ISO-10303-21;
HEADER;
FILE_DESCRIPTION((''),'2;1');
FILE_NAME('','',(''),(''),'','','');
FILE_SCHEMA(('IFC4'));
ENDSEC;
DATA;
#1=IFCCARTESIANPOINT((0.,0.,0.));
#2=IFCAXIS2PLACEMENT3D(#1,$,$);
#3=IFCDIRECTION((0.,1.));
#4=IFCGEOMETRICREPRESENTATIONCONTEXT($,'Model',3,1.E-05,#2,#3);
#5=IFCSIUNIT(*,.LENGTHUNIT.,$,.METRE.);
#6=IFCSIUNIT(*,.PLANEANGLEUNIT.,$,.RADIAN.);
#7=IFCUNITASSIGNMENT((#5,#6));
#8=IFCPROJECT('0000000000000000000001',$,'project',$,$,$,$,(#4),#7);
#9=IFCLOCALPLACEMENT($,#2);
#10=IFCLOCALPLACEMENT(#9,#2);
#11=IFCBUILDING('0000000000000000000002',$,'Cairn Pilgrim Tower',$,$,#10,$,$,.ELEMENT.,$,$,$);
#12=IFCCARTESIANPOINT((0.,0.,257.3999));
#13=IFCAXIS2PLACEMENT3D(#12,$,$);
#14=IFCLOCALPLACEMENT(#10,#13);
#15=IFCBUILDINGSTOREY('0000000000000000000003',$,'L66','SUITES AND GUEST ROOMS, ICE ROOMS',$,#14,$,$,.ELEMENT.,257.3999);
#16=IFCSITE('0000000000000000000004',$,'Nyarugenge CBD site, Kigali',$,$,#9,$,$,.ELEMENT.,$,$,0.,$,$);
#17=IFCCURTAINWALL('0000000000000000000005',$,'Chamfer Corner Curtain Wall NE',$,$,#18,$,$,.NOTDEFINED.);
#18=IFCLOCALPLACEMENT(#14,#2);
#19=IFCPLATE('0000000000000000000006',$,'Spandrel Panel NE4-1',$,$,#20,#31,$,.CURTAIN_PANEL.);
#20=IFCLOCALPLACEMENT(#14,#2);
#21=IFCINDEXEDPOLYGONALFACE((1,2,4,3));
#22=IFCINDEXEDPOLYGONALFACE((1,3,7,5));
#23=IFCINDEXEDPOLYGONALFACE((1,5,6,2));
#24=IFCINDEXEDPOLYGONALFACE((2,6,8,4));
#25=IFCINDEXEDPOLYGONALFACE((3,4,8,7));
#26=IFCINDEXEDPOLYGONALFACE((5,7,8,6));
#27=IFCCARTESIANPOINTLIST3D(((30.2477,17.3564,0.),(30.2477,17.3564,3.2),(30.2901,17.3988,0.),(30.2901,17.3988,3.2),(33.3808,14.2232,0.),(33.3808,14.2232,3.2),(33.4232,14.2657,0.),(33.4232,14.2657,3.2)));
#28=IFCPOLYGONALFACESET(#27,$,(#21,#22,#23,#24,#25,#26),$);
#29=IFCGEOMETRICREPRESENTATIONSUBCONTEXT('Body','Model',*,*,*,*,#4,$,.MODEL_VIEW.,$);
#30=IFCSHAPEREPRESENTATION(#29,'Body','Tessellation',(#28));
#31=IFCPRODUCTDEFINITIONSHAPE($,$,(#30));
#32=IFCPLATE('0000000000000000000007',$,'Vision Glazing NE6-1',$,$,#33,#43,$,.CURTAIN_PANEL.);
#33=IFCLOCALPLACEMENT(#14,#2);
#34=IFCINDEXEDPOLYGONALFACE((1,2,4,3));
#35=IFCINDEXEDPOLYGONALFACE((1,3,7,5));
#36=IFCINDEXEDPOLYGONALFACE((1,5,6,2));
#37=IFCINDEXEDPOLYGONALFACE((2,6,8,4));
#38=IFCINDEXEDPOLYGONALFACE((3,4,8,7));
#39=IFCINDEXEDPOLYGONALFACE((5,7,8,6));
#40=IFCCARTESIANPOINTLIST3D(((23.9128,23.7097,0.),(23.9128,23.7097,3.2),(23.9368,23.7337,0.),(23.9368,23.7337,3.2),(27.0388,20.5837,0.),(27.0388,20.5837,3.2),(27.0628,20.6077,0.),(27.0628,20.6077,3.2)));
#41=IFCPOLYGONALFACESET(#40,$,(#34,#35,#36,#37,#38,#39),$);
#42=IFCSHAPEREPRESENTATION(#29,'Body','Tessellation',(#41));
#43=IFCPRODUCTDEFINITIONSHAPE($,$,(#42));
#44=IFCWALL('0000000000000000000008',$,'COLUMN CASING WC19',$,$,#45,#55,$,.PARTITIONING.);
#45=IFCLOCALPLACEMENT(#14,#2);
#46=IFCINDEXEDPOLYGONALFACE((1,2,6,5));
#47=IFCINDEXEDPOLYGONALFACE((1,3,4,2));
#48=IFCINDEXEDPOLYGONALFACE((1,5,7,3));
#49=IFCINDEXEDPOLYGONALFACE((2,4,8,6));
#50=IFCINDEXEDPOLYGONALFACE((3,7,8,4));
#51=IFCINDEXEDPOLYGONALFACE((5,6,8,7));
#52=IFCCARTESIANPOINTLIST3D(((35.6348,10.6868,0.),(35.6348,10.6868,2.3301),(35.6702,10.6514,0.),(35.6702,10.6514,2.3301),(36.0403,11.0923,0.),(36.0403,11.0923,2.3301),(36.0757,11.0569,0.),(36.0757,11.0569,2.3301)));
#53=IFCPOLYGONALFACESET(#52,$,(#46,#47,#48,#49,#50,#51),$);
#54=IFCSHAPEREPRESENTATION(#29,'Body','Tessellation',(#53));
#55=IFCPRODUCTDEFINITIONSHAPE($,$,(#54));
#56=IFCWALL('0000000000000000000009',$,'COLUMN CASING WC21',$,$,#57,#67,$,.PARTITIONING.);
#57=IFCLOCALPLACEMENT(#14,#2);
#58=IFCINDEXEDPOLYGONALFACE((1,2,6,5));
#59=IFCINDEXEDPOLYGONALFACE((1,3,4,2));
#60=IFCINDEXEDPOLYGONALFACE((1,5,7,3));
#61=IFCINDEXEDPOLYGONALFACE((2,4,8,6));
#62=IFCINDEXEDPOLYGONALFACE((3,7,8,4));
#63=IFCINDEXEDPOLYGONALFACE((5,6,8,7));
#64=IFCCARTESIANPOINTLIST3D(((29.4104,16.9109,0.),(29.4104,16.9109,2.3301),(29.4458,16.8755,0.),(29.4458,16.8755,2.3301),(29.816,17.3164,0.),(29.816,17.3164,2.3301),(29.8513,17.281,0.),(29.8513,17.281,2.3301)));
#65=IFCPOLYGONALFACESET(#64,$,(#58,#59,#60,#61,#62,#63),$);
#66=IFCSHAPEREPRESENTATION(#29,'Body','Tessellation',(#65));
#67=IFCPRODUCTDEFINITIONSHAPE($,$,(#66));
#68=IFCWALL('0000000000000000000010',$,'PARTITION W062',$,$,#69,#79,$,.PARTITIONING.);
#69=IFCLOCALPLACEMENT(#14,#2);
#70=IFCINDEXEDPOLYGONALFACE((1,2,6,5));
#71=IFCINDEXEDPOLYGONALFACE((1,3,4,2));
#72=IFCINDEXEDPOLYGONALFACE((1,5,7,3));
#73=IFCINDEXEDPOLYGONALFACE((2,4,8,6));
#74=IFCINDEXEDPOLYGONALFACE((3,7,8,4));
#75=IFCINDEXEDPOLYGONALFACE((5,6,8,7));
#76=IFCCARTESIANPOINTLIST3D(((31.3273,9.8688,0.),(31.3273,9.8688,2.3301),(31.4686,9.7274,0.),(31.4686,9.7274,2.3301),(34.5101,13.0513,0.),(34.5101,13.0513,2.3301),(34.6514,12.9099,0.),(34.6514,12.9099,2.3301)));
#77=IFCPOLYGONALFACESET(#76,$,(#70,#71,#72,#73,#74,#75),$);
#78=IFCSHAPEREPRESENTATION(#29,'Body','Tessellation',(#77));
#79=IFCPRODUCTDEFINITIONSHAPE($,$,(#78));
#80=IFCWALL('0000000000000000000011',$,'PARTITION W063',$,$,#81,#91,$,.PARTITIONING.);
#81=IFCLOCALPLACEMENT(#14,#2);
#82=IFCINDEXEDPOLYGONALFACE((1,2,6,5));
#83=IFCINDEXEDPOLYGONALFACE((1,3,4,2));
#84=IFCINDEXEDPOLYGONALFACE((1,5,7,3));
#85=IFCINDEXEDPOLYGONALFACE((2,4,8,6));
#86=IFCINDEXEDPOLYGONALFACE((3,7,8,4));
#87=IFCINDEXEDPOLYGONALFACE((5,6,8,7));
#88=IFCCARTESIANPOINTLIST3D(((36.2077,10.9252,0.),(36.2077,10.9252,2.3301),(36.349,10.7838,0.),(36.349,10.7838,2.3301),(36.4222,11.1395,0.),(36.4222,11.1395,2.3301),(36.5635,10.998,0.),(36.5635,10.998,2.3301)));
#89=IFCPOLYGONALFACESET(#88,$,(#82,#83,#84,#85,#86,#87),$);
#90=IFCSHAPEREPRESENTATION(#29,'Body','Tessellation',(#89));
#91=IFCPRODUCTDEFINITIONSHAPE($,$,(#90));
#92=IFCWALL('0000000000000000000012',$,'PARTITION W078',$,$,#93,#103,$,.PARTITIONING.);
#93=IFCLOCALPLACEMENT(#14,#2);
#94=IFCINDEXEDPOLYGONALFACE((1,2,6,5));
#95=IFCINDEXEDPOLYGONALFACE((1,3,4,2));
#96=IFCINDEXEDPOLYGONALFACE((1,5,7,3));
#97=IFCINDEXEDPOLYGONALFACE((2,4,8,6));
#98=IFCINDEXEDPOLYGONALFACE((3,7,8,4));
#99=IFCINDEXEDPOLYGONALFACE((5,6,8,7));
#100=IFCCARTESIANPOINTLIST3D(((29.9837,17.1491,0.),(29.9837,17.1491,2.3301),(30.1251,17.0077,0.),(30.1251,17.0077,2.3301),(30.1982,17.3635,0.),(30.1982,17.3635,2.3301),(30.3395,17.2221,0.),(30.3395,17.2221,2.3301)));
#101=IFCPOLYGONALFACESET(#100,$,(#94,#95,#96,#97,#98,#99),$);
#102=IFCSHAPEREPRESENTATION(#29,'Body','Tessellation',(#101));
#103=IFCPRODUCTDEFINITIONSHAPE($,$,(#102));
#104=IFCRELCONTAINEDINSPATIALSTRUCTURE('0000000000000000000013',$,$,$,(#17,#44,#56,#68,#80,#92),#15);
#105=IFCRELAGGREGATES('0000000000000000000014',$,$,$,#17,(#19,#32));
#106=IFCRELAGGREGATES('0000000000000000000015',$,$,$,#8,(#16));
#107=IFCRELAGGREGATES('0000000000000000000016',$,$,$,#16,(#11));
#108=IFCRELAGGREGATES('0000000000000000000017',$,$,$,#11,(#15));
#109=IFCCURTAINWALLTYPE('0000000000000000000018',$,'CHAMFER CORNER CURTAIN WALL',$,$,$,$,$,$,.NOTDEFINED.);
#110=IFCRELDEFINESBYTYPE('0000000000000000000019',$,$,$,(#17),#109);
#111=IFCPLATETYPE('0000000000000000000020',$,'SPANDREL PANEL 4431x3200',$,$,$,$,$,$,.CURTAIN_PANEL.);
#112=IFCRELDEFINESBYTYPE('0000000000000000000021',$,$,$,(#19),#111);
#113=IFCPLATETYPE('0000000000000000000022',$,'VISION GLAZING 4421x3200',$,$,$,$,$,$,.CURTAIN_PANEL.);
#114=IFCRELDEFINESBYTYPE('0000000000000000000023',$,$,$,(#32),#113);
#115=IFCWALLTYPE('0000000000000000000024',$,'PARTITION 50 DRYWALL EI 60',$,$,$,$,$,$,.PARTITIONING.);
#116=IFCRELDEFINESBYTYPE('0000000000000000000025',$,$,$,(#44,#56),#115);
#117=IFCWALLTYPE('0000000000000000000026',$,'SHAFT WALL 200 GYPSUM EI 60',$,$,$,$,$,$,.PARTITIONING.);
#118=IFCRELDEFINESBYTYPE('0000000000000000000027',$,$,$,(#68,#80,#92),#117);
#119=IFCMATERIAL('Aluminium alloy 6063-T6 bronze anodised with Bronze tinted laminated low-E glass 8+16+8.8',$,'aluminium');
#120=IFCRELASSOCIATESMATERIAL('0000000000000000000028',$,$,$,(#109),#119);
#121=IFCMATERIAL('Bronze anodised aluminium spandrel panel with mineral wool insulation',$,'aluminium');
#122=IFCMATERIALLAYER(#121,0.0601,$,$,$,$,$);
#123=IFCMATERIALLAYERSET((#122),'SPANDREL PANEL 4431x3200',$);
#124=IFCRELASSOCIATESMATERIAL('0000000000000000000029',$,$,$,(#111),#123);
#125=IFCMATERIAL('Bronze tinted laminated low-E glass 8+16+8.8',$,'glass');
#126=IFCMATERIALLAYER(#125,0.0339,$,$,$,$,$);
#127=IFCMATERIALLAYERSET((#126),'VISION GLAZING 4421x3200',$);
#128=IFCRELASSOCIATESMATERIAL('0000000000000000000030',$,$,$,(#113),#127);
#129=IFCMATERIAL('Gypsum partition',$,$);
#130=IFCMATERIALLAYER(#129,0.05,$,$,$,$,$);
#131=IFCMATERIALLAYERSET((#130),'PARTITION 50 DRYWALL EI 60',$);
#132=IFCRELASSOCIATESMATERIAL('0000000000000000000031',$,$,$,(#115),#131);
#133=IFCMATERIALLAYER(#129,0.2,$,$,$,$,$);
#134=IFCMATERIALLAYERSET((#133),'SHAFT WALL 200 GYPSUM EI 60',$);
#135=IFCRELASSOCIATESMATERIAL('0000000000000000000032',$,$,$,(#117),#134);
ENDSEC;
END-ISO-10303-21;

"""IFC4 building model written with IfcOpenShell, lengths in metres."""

from ifc_helpers import new_model, si_unit, direction, frame, frame_2d, origin, origin_2d, place, context, subcontext, project, spatial, rectangle, extrude, material, layer, layer_set, type_object, element, aggregate, save


model = new_model("IFC4")

# Units and contexts
model_context = context("Model", 3, precision=1e-05, world=origin(), true_north=direction((0.0, 1.0)))
body_context = subcontext(model_context, "Body", "Model", "MODEL_VIEW")
ifc_project = project(units=[si_unit("LENGTHUNIT", "METRE"), si_unit("PLANEANGLEUNIT", "RADIAN")], contexts=[model_context])

# Site, building, storey
site_placement = place(None, origin())
site = spatial("IfcSite", under=ifc_project, at=site_placement, Name="Nyarugenge CBD site, Kigali", CompositionType="ELEMENT", RefElevation=0.0)
building_placement = place(site_placement, origin())
building = spatial("IfcBuilding", under=site, at=building_placement, Name="Cairn Pilgrim Tower", CompositionType="ELEMENT")
storey_placement = place(building_placement, frame((0.0, 0.0, 257.3999)))
storey = spatial("IfcBuildingStorey", under=building, at=storey_placement, Name="L66", Description="SUITES AND GUEST ROOMS, ICE ROOMS", CompositionType="ELEMENT", Elevation=257.3999)

# Curtain wall
ifc_material_1 = material(Name="Aluminium alloy 6063-T6 bronze anodised with Bronze tinted laminated low-E glass 8+16+8.8", Category="aluminium")
curtain_wall_type = type_object("IfcCurtainWallType", Name="CHAMFER CORNER CURTAIN WALL", PredefinedType="NOTDEFINED", material=ifc_material_1)
curtain_wall_placement = place(storey_placement, origin())
curtain_wall = element("IfcCurtainWall", 1, at=curtain_wall_placement, inside=storey, type_object=curtain_wall_type, Name="Chamfer Corner Curtain Wall NE", PredefinedType="NOTDEFINED")

# Plates
ifc_material_2 = material(Name="Bronze anodised aluminium spandrel panel with mineral wool insulation", Category="aluminium")
ifc_layer_1 = layer(ifc_material_2, 0.0601)
ifc_layer_set_1 = layer_set([ifc_layer_1], Name="SPANDREL PANEL 4431x3200")
plate_type_1 = type_object("IfcPlateType", Name="SPANDREL PANEL 4431x3200", PredefinedType="CURTAIN_PANEL", material=ifc_layer_set_1)
plate_1_placement = place(storey_placement, frame((31.8354, 15.811, 0.0), z_axis=(0.0, 0.0, 1.0), x_axis=(-0.707107, 0.707107, 0.0)))
plate_1 = element("IfcPlate", 2, at=plate_1_placement, type_object=plate_type_1, Name="Spandrel Panel NE4-1", PredefinedType="CURTAIN_PANEL", context=body_context, shape_type="SweptSolid", body=[
    extrude(rectangle(XDim=4.4309, YDim=0.0601, at=origin_2d()), origin(), (0.0, 0.0, 1.0), 3.2),
])
ifc_material_3 = material(Name="Bronze tinted laminated low-E glass 8+16+8.8", Category="glass")
ifc_layer_2 = layer(ifc_material_3, 0.0339)
ifc_layer_set_2 = layer_set([ifc_layer_2], Name="VISION GLAZING 4421x3200")
plate_type_2 = type_object("IfcPlateType", Name="VISION GLAZING 4421x3200", PredefinedType="CURTAIN_PANEL", material=ifc_layer_set_2)
plate_2_placement = place(storey_placement, frame((25.4878, 22.1587, 0.0), z_axis=(0.0, 0.0, 1.0), x_axis=(-0.707107, 0.707107, 0.0)))
plate_2 = element("IfcPlate", 3, at=plate_2_placement, type_object=plate_type_2, Name="Vision Glazing NE6-1", PredefinedType="CURTAIN_PANEL", context=body_context, shape_type="SweptSolid", body=[
    extrude(rectangle(XDim=4.4209, YDim=0.0339, at=origin_2d()), origin(), (0.0, 0.0, 1.0), 3.2),
])
aggregate(curtain_wall, [plate_1, plate_2])

# Walls
ifc_material_4 = material(Name="Gypsum partition")
ifc_layer_3 = layer(ifc_material_4, 0.05)
ifc_layer_set_3 = layer_set([ifc_layer_3], Name="PARTITION 50 DRYWALL EI 60")
wall_type_1 = type_object("IfcWallType", Name="PARTITION 50 DRYWALL EI 60", PredefinedType="PARTITIONING", material=ifc_layer_set_3)
for number, where, z_axis, x_axis, name in (
    (4, (35.6526, 10.6692, 0.0), (0.0, 0.0, 1.0), (0.707107, 0.707107, 0.0), "COLUMN CASING WC19"),
    (5, (29.4282, 16.8933, 0.0), (0.0, 0.0, 1.0), (0.707107, 0.707107, 0.0), "COLUMN CASING WC21"),
):
    element("IfcWall", number, at=place(storey_placement, frame(where, z_axis=z_axis, x_axis=x_axis)), inside=storey, type_object=wall_type_1, Name=name, PredefinedType="PARTITIONING", context=body_context, shape_type="SweptSolid", body=[
        extrude(rectangle(XDim=0.5735, YDim=0.05, at=frame_2d((0.2866, 0.0))), origin(), (0.0, 0.0, 1.0), 2.3301),
    ])
ifc_layer_4 = layer(ifc_material_4, 0.2)
ifc_layer_set_4 = layer_set([ifc_layer_4], Name="SHAFT WALL 200 GYPSUM EI 60")
wall_type_2 = type_object("IfcWallType", Name="SHAFT WALL 200 GYPSUM EI 60", PredefinedType="PARTITIONING", material=ifc_layer_set_4)
wall_1_placement = place(storey_placement, frame((31.3979, 9.7981, 0.0), z_axis=(0.0, 0.0, 1.0), x_axis=(0.707134, 0.70708, 0.0)))
element("IfcWall", 6, at=wall_1_placement, inside=storey, type_object=wall_type_2, Name="PARTITION W062", PredefinedType="PARTITIONING", context=body_context, shape_type="SweptSolid", body=[
    extrude(rectangle(XDim=4.501, YDim=0.2, at=frame_2d((2.2505, 0.0))), origin(), (0.0, 0.0, 1.0), 2.3301),
])
for number, where, z_axis, x_axis, name in (
    (7, (36.2783, 10.8545, 0.0), (0.0, 0.0, 1.0), (0.707509, 0.706704, 0.0), "PARTITION W063"),
    (8, (30.0544, 17.0784, 0.0), (0.0, 0.0, 1.0), (0.707107, 0.707107, 0.0), "PARTITION W078"),
):
    element("IfcWall", number, at=place(storey_placement, frame(where, z_axis=z_axis, x_axis=x_axis)), inside=storey, type_object=wall_type_2, Name=name, PredefinedType="PARTITIONING", context=body_context, shape_type="SweptSolid", body=[
        extrude(rectangle(XDim=0.3032, YDim=0.2, at=frame_2d((0.1516, 0.0))), origin(), (0.0, 0.0, 1.0), 2.3301),
    ])

save(model, "model.ifc")
